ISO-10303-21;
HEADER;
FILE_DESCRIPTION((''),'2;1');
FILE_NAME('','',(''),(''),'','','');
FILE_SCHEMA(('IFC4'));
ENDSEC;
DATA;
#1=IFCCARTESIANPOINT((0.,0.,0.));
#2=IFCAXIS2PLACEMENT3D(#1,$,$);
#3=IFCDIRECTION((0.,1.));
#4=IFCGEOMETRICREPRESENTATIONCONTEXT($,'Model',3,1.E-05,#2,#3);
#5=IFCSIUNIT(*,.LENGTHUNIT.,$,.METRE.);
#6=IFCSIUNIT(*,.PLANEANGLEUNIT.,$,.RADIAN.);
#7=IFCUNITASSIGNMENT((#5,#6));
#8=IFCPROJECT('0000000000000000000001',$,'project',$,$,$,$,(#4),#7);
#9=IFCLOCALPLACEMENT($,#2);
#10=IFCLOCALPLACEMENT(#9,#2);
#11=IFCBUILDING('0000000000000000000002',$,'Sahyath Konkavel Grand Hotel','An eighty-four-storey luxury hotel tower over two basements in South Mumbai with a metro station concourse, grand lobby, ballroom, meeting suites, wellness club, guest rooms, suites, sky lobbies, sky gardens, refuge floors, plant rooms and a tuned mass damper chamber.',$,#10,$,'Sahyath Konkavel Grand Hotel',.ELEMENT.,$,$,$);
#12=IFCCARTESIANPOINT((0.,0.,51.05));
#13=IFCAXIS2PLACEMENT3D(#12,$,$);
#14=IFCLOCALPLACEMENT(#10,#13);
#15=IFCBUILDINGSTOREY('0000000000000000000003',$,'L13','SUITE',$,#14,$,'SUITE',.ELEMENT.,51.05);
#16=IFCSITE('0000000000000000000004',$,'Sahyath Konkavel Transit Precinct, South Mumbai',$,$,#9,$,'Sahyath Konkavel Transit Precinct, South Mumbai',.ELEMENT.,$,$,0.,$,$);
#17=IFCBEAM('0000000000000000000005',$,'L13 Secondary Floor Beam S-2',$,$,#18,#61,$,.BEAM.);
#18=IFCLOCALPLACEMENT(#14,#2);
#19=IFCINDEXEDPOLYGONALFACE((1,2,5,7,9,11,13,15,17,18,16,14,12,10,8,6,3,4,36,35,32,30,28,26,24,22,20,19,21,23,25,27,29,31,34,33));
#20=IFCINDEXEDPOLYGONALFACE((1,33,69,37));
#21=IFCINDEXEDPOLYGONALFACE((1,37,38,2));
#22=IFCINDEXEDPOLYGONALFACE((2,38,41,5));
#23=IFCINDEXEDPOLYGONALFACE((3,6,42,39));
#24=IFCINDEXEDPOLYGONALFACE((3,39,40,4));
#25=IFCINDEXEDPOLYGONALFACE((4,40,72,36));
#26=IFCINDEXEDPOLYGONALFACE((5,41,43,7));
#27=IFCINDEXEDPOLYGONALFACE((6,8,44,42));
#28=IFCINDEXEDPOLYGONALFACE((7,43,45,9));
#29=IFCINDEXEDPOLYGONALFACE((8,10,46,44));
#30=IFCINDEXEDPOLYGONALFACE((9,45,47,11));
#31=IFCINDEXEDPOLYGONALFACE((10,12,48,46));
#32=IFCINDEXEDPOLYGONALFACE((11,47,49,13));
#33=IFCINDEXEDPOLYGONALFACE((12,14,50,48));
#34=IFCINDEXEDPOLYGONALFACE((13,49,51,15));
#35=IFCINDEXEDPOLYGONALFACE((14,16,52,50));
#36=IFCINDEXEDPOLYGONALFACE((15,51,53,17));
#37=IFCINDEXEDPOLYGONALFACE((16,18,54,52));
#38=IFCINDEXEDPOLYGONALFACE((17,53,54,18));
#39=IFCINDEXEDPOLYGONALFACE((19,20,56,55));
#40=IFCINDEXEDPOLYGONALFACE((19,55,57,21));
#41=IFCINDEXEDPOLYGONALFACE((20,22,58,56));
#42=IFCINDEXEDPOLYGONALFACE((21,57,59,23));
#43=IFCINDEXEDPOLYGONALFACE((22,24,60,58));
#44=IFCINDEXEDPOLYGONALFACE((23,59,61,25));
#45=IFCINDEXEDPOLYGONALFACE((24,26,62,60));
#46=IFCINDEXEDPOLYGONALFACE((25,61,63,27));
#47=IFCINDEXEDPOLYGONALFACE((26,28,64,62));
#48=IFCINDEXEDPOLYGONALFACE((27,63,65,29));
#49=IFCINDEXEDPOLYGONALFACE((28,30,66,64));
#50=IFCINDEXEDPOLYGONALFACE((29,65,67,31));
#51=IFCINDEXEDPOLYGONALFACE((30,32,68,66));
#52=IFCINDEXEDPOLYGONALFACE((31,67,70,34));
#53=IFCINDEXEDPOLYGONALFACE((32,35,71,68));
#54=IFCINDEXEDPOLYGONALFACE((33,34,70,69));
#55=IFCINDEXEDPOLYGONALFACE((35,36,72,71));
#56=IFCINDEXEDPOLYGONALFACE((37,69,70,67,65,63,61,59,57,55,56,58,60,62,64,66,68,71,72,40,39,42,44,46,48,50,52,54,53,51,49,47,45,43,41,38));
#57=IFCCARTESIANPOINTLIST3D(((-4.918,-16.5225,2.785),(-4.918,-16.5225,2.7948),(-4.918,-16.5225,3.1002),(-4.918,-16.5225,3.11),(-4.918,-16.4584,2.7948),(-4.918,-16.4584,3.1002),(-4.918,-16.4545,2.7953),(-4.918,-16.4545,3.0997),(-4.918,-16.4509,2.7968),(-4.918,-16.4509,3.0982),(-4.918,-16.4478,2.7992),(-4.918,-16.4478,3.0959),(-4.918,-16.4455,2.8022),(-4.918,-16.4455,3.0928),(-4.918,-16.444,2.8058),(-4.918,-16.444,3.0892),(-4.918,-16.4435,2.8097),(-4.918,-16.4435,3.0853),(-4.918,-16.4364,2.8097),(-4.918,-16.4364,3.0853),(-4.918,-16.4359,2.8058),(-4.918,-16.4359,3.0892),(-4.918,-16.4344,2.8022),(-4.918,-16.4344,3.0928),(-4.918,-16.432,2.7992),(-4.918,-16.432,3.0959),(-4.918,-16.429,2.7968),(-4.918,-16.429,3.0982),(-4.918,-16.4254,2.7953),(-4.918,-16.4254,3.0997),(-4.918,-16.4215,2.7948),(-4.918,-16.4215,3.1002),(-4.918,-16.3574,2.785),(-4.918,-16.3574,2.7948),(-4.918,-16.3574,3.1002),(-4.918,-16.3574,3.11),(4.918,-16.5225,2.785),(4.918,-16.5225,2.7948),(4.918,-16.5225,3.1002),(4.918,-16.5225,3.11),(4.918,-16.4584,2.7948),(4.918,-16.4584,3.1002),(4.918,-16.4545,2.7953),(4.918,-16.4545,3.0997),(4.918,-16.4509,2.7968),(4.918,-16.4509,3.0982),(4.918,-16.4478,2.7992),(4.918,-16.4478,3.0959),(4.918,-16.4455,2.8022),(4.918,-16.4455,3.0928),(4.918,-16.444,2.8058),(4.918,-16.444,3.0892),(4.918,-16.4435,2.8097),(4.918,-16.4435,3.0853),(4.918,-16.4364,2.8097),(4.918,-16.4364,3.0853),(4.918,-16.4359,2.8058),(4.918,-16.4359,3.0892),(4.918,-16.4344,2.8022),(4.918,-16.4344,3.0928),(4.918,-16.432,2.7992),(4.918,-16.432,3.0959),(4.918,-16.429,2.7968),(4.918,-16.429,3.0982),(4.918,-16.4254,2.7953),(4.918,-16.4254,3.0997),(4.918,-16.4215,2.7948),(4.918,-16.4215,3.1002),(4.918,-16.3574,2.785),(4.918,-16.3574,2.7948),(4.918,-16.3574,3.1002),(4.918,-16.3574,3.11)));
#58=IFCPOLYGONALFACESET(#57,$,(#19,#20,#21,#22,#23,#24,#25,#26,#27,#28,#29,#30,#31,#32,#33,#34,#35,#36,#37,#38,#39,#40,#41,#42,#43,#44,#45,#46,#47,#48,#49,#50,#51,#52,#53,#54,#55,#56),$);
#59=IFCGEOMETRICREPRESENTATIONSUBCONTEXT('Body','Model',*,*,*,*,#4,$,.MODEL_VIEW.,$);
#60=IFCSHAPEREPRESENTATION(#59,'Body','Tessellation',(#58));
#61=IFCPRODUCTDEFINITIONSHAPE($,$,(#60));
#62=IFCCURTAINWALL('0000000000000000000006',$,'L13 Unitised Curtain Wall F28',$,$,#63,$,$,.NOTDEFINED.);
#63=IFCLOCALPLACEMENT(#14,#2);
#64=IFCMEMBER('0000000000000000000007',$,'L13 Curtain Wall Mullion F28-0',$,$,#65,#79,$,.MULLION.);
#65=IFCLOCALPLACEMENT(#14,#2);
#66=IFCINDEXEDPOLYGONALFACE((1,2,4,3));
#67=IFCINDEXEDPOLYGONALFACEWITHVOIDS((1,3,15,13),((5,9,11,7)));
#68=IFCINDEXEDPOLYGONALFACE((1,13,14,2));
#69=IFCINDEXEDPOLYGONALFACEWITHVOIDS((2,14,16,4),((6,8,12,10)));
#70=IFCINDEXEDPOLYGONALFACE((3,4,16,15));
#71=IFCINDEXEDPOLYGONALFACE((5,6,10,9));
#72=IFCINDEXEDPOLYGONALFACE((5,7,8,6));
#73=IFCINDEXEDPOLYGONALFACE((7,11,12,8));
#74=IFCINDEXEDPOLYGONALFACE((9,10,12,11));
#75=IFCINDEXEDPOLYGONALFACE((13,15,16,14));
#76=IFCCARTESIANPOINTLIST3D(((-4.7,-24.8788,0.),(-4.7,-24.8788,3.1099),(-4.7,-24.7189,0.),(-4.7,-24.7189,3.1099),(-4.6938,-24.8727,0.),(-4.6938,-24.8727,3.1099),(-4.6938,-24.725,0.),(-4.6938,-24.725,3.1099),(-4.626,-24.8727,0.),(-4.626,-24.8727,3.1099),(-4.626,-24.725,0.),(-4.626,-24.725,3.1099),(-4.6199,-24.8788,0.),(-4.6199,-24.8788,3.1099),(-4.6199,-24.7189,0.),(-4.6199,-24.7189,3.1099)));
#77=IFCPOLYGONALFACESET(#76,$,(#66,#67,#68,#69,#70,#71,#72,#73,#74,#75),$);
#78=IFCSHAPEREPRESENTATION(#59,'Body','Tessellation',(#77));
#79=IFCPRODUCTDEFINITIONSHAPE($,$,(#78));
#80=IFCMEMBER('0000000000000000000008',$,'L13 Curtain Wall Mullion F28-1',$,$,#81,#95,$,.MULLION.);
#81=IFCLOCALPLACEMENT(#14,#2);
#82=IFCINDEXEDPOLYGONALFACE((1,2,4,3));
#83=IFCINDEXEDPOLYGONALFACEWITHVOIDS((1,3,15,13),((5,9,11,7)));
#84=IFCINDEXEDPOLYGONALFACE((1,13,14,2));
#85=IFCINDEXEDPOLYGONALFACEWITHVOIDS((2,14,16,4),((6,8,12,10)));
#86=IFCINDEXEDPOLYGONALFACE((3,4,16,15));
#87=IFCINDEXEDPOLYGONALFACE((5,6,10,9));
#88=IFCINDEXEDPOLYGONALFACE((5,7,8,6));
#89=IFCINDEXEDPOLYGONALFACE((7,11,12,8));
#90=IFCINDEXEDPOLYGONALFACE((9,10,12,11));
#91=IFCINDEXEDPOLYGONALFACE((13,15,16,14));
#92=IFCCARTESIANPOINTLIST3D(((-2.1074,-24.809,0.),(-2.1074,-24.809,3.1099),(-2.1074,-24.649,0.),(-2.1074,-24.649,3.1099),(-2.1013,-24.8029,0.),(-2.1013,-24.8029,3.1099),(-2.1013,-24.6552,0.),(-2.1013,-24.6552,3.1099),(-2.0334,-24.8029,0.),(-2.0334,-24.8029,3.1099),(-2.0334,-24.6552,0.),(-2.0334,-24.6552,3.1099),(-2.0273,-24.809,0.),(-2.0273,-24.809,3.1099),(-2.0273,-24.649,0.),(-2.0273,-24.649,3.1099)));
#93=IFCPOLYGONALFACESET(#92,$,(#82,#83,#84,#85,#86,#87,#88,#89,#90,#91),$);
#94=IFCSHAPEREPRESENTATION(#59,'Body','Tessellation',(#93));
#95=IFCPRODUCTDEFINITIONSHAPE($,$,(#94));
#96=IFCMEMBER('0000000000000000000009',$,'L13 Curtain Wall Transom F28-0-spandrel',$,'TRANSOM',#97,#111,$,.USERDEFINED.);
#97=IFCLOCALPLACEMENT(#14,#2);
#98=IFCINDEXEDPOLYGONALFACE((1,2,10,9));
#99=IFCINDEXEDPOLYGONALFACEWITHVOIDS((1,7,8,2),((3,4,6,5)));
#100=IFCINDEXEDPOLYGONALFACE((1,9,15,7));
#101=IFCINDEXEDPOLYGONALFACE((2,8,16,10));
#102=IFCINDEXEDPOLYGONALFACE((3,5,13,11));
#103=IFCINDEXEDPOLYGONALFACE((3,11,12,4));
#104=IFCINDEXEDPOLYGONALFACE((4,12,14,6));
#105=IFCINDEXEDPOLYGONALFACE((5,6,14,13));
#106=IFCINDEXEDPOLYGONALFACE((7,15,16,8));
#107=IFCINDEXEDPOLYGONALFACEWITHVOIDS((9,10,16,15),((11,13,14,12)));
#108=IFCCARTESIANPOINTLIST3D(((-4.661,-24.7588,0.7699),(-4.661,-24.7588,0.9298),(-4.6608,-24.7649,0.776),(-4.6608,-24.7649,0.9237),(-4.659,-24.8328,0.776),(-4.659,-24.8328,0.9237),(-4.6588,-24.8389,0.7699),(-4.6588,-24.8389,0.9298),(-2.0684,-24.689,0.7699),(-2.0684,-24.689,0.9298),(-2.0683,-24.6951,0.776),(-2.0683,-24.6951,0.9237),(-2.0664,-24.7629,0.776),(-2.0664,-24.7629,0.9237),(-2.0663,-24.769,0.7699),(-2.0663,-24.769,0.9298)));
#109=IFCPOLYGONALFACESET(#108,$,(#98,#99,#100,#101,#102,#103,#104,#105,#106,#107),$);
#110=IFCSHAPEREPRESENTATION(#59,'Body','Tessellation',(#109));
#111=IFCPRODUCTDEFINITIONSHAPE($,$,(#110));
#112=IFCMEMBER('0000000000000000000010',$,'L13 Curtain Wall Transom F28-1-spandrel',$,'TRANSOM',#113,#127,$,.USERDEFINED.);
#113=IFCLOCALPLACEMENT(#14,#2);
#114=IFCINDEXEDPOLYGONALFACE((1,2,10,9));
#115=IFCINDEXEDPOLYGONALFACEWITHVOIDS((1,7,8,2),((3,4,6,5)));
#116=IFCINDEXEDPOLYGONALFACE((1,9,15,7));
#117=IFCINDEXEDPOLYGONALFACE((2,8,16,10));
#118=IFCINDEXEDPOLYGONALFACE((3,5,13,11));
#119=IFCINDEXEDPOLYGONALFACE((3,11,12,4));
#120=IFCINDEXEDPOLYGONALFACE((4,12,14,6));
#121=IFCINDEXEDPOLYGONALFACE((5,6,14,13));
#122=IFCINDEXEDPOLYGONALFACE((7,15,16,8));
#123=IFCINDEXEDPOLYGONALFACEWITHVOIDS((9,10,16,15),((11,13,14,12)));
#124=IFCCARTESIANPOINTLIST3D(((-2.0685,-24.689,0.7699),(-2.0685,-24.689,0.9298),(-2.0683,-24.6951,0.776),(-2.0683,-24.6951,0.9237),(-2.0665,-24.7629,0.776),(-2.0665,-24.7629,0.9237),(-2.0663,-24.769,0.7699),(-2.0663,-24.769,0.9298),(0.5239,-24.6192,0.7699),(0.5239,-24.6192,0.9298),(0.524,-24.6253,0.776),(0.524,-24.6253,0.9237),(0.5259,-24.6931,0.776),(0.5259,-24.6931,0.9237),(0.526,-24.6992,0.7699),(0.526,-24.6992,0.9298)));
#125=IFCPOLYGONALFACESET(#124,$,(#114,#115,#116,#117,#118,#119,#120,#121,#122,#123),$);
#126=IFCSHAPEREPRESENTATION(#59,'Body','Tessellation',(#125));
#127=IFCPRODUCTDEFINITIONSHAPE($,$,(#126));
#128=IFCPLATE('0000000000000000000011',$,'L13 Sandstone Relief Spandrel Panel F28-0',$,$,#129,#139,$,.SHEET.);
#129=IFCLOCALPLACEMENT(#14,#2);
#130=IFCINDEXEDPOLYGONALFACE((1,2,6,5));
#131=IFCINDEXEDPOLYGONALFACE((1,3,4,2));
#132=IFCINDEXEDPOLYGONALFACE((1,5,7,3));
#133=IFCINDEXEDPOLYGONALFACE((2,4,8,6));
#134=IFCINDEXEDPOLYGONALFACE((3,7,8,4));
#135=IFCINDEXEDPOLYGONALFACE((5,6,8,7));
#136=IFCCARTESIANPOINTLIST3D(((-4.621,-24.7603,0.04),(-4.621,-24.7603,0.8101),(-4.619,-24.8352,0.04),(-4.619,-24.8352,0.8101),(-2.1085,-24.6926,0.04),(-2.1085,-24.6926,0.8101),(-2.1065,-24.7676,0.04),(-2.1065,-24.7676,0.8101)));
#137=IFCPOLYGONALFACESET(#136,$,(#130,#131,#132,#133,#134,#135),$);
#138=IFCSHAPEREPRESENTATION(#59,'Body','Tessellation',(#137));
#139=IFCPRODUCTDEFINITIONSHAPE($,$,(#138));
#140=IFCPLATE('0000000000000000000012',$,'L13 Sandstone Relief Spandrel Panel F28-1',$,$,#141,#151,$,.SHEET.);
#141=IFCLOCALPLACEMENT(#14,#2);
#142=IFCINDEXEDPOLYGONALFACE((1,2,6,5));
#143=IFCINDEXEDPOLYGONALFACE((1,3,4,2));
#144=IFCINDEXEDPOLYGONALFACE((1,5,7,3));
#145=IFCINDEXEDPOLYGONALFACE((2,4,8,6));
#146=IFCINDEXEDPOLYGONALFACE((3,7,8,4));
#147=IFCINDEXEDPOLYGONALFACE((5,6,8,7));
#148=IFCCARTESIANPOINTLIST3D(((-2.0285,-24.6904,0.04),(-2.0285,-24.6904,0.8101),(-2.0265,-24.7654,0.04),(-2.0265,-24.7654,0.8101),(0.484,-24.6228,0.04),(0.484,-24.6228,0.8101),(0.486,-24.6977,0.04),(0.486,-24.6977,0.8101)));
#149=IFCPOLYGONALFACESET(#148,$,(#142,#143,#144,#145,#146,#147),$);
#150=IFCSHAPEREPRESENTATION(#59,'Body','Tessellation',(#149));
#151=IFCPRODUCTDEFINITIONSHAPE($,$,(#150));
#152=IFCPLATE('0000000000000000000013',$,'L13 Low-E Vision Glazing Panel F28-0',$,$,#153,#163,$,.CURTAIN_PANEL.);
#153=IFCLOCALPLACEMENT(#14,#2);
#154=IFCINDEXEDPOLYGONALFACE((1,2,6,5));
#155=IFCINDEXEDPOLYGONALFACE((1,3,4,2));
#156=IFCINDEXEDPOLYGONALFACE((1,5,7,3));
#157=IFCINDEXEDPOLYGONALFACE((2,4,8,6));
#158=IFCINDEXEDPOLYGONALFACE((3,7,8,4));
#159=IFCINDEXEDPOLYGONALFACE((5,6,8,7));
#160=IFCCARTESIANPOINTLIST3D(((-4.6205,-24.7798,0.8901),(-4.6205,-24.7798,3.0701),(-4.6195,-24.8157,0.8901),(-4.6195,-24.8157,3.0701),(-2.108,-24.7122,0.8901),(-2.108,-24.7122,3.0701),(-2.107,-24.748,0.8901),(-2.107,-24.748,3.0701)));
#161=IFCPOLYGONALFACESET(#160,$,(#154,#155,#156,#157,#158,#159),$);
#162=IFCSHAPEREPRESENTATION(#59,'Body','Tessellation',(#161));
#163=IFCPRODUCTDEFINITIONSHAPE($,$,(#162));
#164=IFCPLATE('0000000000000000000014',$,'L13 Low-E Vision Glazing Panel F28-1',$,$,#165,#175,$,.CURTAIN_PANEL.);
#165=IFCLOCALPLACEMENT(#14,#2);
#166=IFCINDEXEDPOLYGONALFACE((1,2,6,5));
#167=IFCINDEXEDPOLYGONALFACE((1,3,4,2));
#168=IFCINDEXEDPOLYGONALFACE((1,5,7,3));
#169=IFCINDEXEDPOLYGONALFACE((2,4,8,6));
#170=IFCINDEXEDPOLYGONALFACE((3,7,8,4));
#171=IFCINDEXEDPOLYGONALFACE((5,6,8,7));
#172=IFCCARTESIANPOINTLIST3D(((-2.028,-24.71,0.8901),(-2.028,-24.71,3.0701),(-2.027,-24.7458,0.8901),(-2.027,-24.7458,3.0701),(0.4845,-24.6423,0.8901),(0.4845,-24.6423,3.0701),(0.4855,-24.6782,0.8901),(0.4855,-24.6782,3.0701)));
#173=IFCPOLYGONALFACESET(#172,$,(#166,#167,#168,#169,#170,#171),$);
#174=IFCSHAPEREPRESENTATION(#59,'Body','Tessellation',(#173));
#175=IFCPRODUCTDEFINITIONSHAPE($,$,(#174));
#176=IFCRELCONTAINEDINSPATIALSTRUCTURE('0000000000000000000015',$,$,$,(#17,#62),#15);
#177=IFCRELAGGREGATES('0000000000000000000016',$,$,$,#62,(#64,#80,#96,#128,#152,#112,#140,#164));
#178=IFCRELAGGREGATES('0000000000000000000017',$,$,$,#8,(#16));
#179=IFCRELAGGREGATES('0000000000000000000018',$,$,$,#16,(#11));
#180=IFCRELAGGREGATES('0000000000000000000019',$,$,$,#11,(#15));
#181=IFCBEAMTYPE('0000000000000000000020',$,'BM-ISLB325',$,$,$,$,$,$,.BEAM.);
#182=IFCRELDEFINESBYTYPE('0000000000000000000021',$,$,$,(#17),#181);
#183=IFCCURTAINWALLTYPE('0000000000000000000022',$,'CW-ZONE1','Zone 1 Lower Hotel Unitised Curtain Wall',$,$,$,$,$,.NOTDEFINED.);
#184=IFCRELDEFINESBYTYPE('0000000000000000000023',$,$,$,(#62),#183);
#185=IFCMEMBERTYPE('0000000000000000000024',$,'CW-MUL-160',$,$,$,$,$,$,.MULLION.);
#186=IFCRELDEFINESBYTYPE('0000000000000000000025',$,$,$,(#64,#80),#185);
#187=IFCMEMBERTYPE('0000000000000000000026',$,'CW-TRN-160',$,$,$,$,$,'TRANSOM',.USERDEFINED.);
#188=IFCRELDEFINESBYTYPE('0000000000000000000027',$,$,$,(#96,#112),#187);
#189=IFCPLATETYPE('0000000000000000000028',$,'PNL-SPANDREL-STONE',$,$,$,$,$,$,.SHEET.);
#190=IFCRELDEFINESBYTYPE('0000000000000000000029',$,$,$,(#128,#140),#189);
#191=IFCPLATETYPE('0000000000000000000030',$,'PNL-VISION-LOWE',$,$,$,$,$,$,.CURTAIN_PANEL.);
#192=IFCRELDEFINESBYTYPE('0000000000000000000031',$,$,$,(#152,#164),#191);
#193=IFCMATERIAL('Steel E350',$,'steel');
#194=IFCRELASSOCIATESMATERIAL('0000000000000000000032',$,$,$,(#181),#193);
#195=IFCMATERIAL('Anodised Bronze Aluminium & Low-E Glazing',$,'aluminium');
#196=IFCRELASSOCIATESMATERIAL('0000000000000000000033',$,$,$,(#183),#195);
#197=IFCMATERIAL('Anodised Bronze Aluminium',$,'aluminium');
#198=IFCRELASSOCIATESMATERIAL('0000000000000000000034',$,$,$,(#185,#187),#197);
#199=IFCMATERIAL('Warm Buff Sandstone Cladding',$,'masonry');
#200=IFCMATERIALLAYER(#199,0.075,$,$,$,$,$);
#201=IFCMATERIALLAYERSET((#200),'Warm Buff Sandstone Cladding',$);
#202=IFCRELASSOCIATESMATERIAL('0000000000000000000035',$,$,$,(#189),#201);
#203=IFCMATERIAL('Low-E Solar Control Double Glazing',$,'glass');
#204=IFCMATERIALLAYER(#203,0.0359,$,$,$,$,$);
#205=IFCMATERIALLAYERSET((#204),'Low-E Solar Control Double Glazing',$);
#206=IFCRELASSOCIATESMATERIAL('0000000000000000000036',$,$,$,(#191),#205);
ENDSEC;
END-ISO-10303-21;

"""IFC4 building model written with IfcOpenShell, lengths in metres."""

from ifc_helpers import new_model, si_unit, direction, frame, origin, origin_2d, place, context, subcontext, project, spatial, rectangle, hollow_rectangle, i_section, extrude, source, transform, mapped, material, layer, layer_set, material_profile, profile_set, type_object, element, aggregate, save


model = new_model("IFC4")

# Units and contexts
model_context = context("Model", 3, precision=1e-05, world=origin(), true_north=direction((0.0, 1.0)))
body_context = subcontext(model_context, "Body", "Model", "MODEL_VIEW")
ifc_project = project(units=[si_unit("LENGTHUNIT", "METRE"), si_unit("PLANEANGLEUNIT", "RADIAN")], contexts=[model_context])

# Site, building, storey
site_placement = place(None, origin())
site = spatial("IfcSite", under=ifc_project, at=site_placement, Name="Sahyath Konkavel Transit Precinct, South Mumbai", LongName="Sahyath Konkavel Transit Precinct, South Mumbai", CompositionType="ELEMENT", RefElevation=0.0)
building_placement = place(site_placement, origin())
building = spatial("IfcBuilding", under=site, at=building_placement, Name="Sahyath Konkavel Grand Hotel", Description="An eighty-four-storey luxury hotel tower over two basements in South Mumbai with a metro station concourse, grand lobby, ballroom, meeting suites, wellness club, guest rooms, suites, sky lobbies, sky gardens, refuge floors, plant rooms and a tuned mass damper chamber.", LongName="Sahyath Konkavel Grand Hotel", CompositionType="ELEMENT")
storey_placement = place(building_placement, frame((0.0, 0.0, 51.05)))
storey = spatial("IfcBuildingStorey", under=building, at=storey_placement, Name="L13", Description="SUITE", LongName="SUITE", CompositionType="ELEMENT", Elevation=51.05)

# Beam
ifc_material_1 = material(Name="Steel E350", Category="steel")
ifc_material_profile_1 = material_profile(ifc_material_1, i_section(OverallWidth=0.165, OverallDepth=0.325, WebThickness=0.0071, FlangeThickness=0.0098, FilletRadius=0.0149, at=origin_2d()), Name="ISLB 325")
ifc_profile_set_1 = profile_set([ifc_material_profile_1], Name="Steel E350")
beam_type_1 = type_object("IfcBeamType", Name="BM-ISLB325", PredefinedType="BEAM", material=ifc_profile_set_1)
shared_shape_1 = source(origin(), body_context, "Body", "SweptSolid", [
    extrude(i_section(OverallWidth=0.165, OverallDepth=0.325, WebThickness=0.0071, FlangeThickness=0.0098, FilletRadius=0.0149, at=origin_2d()), origin(), (0.0, 0.0, 1.0), 9.8359),
])
beam_1_placement = place(storey_placement, frame((-4.918, -16.4399, 2.9475), z_axis=(1.0, 0.0, 0.0), x_axis=(0.0, 1.0, 0.0)))
element("IfcBeam", 1, at=beam_1_placement, inside=storey, type_object=beam_type_1, Name="L13 Secondary Floor Beam S-2", PredefinedType="BEAM", context=body_context, shape_type="MappedRepresentation", body=[
    mapped(shared_shape_1, transform((0.0, 0.0, 0.0), scale=1.0)),
])

# Curtain wall, members, plates
ifc_material_2 = material(Name="Anodised Bronze Aluminium & Low-E Glazing", Category="aluminium")
curtain_wall_type = type_object("IfcCurtainWallType", Name="CW-ZONE1", Description="Zone 1 Lower Hotel Unitised Curtain Wall", PredefinedType="NOTDEFINED", material=ifc_material_2)
curtain_wall_placement = place(storey_placement, origin())
curtain_wall = element("IfcCurtainWall", 2, at=curtain_wall_placement, inside=storey, type_object=curtain_wall_type, Name="L13 Unitised Curtain Wall F28", PredefinedType="NOTDEFINED")
ifc_material_3 = material(Name="Anodised Bronze Aluminium", Category="aluminium")
ifc_material_profile_2 = material_profile(ifc_material_3, hollow_rectangle(XDim=0.0801, YDim=0.1599, WallThickness=0.0061, at=origin_2d()), Name="RHS 160x80x6")
ifc_profile_set_2 = profile_set([ifc_material_profile_2], Name="Anodised Bronze Aluminium")
member_type_1 = type_object("IfcMemberType", Name="CW-MUL-160", PredefinedType="MULLION", material=ifc_profile_set_2)
shared_shape_2 = source(origin(), body_context, "Body", "SweptSolid", [
    extrude(hollow_rectangle(XDim=0.0801, YDim=0.1599, WallThickness=0.0061, at=origin_2d()), origin(), (0.0, 0.0, 1.0), 3.1099),
])
member_1_placement = place(storey_placement, frame((-4.6599, -24.7988, 0.0), z_axis=(0.0, 0.0, 1.0), x_axis=(1.0, 0.0, 0.0)))
member_1 = element("IfcMember", 3, at=member_1_placement, type_object=member_type_1, Name="L13 Curtain Wall Mullion F28-0", PredefinedType="MULLION", context=body_context, shape_type="MappedRepresentation", body=[
    mapped(shared_shape_2, transform((0.0, 0.0, 0.0), scale=1.0)),
])
member_2_placement = place(storey_placement, frame((-2.0674, -24.729, 0.0), z_axis=(0.0, 0.0, 1.0), x_axis=(1.0, 0.0, 0.0)))
member_2 = element("IfcMember", 4, at=member_2_placement, type_object=member_type_1, Name="L13 Curtain Wall Mullion F28-1", PredefinedType="MULLION", context=body_context, shape_type="MappedRepresentation", body=[
    mapped(shared_shape_2, transform((0.0, 0.0, 0.0), scale=1.0)),
])
ifc_material_profile_3 = material_profile(ifc_material_3, hollow_rectangle(XDim=0.0801, YDim=0.1599, WallThickness=0.0061, at=origin_2d()), Name="RHS 160x80x6")
ifc_profile_set_3 = profile_set([ifc_material_profile_3], Name="Anodised Bronze Aluminium")
member_type_2 = type_object("IfcMemberType", Name="CW-TRN-160", ElementType="TRANSOM", PredefinedType="USERDEFINED", material=ifc_profile_set_3)
shared_shape_3 = source(origin(), body_context, "Body", "SweptSolid", [
    extrude(hollow_rectangle(XDim=0.0801, YDim=0.1599, WallThickness=0.0061, at=origin_2d()), origin(), (0.0, 0.0, 1.0), 2.5935),
])
member_3_placement = place(storey_placement, frame((-4.6599, -24.7988, 0.8499), z_axis=(0.999638, 0.026923, 0.0), x_axis=(-0.026923, 0.999638, 0.0)))
member_3 = element("IfcMember", 5, at=member_3_placement, type_object=member_type_2, Name="L13 Curtain Wall Transom F28-0-spandrel", ObjectType="TRANSOM", PredefinedType="USERDEFINED", context=body_context, shape_type="MappedRepresentation", body=[
    mapped(shared_shape_3, transform((0.0, 0.0, 0.0), scale=1.0)),
])
shared_shape_4 = source(origin(), body_context, "Body", "SweptSolid", [
    extrude(hollow_rectangle(XDim=0.0801, YDim=0.1599, WallThickness=0.0061, at=origin_2d()), origin(), (0.0, 0.0, 1.0), 2.5933),
])
member_4_placement = place(storey_placement, frame((-2.0674, -24.729, 0.8499), z_axis=(0.999637, 0.026926, 0.0), x_axis=(-0.026926, 0.999637, 0.0)))
member_4 = element("IfcMember", 6, at=member_4_placement, type_object=member_type_2, Name="L13 Curtain Wall Transom F28-1-spandrel", ObjectType="TRANSOM", PredefinedType="USERDEFINED", context=body_context, shape_type="MappedRepresentation", body=[
    mapped(shared_shape_4, transform((0.0, 0.0, 0.0), scale=1.0)),
])
ifc_material_4 = material(Name="Warm Buff Sandstone Cladding", Category="masonry")
ifc_layer_1 = layer(ifc_material_4, 0.075)
ifc_layer_set_1 = layer_set([ifc_layer_1], Name="Warm Buff Sandstone Cladding")
plate_type_1 = type_object("IfcPlateType", Name="PNL-SPANDREL-STONE", PredefinedType="SHEET", material=ifc_layer_set_1)
shared_shape_5 = source(origin(), body_context, "Body", "SweptSolid", [
    extrude(rectangle(XDim=2.5134, YDim=0.075, at=origin_2d()), origin(), (0.0, 0.0, 1.0), 0.77),
])
plate_1_placement = place(storey_placement, frame((-3.3638, -24.7639, 0.04), z_axis=(0.0, 0.0, 1.0), x_axis=(0.999638, 0.02691, 0.0)))
plate_1 = element("IfcPlate", 7, at=plate_1_placement, type_object=plate_type_1, Name="L13 Sandstone Relief Spandrel Panel F28-0", PredefinedType="SHEET", context=body_context, shape_type="MappedRepresentation", body=[
    mapped(shared_shape_5, transform((0.0, 0.0, 0.0), scale=1.0)),
])
plate_2_placement = place(storey_placement, frame((-0.7712, -24.6941, 0.04), z_axis=(0.0, 0.0, 1.0), x_axis=(0.999638, 0.02691, 0.0)))
plate_2 = element("IfcPlate", 8, at=plate_2_placement, type_object=plate_type_1, Name="L13 Sandstone Relief Spandrel Panel F28-1", PredefinedType="SHEET", context=body_context, shape_type="MappedRepresentation", body=[
    mapped(shared_shape_5, transform((0.0, 0.0, 0.0), scale=1.0)),
])
ifc_material_5 = material(Name="Low-E Solar Control Double Glazing", Category="glass")
ifc_layer_2 = layer(ifc_material_5, 0.0359)
ifc_layer_set_2 = layer_set([ifc_layer_2], Name="Low-E Solar Control Double Glazing")
plate_type_2 = type_object("IfcPlateType", Name="PNL-VISION-LOWE", PredefinedType="CURTAIN_PANEL", material=ifc_layer_set_2)
shared_shape_6 = source(origin(), body_context, "Body", "SweptSolid", [
    extrude(rectangle(XDim=2.5134, YDim=0.0359, at=origin_2d()), origin(), (0.0, 0.0, 1.0), 2.1799),
])
plate_3_placement = place(storey_placement, frame((-3.3638, -24.7639, 0.8901), z_axis=(0.0, 0.0, 1.0), x_axis=(0.999638, 0.02691, 0.0)))
plate_3 = element("IfcPlate", 9, at=plate_3_placement, type_object=plate_type_2, Name="L13 Low-E Vision Glazing Panel F28-0", PredefinedType="CURTAIN_PANEL", context=body_context, shape_type="MappedRepresentation", body=[
    mapped(shared_shape_6, transform((0.0, 0.0, 0.0), scale=1.0)),
])
plate_4_placement = place(storey_placement, frame((-0.7712, -24.6941, 0.8901), z_axis=(0.0, 0.0, 1.0), x_axis=(0.999638, 0.02691, 0.0)))
plate_4 = element("IfcPlate", 10, at=plate_4_placement, type_object=plate_type_2, Name="L13 Low-E Vision Glazing Panel F28-1", PredefinedType="CURTAIN_PANEL", context=body_context, shape_type="MappedRepresentation", body=[
    mapped(shared_shape_6, transform((0.0, 0.0, 0.0), scale=1.0)),
])
aggregate(curtain_wall, [member_1, member_2, member_3, plate_1, plate_3, member_4, plate_2, plate_4])

save(model, "model.ifc")
